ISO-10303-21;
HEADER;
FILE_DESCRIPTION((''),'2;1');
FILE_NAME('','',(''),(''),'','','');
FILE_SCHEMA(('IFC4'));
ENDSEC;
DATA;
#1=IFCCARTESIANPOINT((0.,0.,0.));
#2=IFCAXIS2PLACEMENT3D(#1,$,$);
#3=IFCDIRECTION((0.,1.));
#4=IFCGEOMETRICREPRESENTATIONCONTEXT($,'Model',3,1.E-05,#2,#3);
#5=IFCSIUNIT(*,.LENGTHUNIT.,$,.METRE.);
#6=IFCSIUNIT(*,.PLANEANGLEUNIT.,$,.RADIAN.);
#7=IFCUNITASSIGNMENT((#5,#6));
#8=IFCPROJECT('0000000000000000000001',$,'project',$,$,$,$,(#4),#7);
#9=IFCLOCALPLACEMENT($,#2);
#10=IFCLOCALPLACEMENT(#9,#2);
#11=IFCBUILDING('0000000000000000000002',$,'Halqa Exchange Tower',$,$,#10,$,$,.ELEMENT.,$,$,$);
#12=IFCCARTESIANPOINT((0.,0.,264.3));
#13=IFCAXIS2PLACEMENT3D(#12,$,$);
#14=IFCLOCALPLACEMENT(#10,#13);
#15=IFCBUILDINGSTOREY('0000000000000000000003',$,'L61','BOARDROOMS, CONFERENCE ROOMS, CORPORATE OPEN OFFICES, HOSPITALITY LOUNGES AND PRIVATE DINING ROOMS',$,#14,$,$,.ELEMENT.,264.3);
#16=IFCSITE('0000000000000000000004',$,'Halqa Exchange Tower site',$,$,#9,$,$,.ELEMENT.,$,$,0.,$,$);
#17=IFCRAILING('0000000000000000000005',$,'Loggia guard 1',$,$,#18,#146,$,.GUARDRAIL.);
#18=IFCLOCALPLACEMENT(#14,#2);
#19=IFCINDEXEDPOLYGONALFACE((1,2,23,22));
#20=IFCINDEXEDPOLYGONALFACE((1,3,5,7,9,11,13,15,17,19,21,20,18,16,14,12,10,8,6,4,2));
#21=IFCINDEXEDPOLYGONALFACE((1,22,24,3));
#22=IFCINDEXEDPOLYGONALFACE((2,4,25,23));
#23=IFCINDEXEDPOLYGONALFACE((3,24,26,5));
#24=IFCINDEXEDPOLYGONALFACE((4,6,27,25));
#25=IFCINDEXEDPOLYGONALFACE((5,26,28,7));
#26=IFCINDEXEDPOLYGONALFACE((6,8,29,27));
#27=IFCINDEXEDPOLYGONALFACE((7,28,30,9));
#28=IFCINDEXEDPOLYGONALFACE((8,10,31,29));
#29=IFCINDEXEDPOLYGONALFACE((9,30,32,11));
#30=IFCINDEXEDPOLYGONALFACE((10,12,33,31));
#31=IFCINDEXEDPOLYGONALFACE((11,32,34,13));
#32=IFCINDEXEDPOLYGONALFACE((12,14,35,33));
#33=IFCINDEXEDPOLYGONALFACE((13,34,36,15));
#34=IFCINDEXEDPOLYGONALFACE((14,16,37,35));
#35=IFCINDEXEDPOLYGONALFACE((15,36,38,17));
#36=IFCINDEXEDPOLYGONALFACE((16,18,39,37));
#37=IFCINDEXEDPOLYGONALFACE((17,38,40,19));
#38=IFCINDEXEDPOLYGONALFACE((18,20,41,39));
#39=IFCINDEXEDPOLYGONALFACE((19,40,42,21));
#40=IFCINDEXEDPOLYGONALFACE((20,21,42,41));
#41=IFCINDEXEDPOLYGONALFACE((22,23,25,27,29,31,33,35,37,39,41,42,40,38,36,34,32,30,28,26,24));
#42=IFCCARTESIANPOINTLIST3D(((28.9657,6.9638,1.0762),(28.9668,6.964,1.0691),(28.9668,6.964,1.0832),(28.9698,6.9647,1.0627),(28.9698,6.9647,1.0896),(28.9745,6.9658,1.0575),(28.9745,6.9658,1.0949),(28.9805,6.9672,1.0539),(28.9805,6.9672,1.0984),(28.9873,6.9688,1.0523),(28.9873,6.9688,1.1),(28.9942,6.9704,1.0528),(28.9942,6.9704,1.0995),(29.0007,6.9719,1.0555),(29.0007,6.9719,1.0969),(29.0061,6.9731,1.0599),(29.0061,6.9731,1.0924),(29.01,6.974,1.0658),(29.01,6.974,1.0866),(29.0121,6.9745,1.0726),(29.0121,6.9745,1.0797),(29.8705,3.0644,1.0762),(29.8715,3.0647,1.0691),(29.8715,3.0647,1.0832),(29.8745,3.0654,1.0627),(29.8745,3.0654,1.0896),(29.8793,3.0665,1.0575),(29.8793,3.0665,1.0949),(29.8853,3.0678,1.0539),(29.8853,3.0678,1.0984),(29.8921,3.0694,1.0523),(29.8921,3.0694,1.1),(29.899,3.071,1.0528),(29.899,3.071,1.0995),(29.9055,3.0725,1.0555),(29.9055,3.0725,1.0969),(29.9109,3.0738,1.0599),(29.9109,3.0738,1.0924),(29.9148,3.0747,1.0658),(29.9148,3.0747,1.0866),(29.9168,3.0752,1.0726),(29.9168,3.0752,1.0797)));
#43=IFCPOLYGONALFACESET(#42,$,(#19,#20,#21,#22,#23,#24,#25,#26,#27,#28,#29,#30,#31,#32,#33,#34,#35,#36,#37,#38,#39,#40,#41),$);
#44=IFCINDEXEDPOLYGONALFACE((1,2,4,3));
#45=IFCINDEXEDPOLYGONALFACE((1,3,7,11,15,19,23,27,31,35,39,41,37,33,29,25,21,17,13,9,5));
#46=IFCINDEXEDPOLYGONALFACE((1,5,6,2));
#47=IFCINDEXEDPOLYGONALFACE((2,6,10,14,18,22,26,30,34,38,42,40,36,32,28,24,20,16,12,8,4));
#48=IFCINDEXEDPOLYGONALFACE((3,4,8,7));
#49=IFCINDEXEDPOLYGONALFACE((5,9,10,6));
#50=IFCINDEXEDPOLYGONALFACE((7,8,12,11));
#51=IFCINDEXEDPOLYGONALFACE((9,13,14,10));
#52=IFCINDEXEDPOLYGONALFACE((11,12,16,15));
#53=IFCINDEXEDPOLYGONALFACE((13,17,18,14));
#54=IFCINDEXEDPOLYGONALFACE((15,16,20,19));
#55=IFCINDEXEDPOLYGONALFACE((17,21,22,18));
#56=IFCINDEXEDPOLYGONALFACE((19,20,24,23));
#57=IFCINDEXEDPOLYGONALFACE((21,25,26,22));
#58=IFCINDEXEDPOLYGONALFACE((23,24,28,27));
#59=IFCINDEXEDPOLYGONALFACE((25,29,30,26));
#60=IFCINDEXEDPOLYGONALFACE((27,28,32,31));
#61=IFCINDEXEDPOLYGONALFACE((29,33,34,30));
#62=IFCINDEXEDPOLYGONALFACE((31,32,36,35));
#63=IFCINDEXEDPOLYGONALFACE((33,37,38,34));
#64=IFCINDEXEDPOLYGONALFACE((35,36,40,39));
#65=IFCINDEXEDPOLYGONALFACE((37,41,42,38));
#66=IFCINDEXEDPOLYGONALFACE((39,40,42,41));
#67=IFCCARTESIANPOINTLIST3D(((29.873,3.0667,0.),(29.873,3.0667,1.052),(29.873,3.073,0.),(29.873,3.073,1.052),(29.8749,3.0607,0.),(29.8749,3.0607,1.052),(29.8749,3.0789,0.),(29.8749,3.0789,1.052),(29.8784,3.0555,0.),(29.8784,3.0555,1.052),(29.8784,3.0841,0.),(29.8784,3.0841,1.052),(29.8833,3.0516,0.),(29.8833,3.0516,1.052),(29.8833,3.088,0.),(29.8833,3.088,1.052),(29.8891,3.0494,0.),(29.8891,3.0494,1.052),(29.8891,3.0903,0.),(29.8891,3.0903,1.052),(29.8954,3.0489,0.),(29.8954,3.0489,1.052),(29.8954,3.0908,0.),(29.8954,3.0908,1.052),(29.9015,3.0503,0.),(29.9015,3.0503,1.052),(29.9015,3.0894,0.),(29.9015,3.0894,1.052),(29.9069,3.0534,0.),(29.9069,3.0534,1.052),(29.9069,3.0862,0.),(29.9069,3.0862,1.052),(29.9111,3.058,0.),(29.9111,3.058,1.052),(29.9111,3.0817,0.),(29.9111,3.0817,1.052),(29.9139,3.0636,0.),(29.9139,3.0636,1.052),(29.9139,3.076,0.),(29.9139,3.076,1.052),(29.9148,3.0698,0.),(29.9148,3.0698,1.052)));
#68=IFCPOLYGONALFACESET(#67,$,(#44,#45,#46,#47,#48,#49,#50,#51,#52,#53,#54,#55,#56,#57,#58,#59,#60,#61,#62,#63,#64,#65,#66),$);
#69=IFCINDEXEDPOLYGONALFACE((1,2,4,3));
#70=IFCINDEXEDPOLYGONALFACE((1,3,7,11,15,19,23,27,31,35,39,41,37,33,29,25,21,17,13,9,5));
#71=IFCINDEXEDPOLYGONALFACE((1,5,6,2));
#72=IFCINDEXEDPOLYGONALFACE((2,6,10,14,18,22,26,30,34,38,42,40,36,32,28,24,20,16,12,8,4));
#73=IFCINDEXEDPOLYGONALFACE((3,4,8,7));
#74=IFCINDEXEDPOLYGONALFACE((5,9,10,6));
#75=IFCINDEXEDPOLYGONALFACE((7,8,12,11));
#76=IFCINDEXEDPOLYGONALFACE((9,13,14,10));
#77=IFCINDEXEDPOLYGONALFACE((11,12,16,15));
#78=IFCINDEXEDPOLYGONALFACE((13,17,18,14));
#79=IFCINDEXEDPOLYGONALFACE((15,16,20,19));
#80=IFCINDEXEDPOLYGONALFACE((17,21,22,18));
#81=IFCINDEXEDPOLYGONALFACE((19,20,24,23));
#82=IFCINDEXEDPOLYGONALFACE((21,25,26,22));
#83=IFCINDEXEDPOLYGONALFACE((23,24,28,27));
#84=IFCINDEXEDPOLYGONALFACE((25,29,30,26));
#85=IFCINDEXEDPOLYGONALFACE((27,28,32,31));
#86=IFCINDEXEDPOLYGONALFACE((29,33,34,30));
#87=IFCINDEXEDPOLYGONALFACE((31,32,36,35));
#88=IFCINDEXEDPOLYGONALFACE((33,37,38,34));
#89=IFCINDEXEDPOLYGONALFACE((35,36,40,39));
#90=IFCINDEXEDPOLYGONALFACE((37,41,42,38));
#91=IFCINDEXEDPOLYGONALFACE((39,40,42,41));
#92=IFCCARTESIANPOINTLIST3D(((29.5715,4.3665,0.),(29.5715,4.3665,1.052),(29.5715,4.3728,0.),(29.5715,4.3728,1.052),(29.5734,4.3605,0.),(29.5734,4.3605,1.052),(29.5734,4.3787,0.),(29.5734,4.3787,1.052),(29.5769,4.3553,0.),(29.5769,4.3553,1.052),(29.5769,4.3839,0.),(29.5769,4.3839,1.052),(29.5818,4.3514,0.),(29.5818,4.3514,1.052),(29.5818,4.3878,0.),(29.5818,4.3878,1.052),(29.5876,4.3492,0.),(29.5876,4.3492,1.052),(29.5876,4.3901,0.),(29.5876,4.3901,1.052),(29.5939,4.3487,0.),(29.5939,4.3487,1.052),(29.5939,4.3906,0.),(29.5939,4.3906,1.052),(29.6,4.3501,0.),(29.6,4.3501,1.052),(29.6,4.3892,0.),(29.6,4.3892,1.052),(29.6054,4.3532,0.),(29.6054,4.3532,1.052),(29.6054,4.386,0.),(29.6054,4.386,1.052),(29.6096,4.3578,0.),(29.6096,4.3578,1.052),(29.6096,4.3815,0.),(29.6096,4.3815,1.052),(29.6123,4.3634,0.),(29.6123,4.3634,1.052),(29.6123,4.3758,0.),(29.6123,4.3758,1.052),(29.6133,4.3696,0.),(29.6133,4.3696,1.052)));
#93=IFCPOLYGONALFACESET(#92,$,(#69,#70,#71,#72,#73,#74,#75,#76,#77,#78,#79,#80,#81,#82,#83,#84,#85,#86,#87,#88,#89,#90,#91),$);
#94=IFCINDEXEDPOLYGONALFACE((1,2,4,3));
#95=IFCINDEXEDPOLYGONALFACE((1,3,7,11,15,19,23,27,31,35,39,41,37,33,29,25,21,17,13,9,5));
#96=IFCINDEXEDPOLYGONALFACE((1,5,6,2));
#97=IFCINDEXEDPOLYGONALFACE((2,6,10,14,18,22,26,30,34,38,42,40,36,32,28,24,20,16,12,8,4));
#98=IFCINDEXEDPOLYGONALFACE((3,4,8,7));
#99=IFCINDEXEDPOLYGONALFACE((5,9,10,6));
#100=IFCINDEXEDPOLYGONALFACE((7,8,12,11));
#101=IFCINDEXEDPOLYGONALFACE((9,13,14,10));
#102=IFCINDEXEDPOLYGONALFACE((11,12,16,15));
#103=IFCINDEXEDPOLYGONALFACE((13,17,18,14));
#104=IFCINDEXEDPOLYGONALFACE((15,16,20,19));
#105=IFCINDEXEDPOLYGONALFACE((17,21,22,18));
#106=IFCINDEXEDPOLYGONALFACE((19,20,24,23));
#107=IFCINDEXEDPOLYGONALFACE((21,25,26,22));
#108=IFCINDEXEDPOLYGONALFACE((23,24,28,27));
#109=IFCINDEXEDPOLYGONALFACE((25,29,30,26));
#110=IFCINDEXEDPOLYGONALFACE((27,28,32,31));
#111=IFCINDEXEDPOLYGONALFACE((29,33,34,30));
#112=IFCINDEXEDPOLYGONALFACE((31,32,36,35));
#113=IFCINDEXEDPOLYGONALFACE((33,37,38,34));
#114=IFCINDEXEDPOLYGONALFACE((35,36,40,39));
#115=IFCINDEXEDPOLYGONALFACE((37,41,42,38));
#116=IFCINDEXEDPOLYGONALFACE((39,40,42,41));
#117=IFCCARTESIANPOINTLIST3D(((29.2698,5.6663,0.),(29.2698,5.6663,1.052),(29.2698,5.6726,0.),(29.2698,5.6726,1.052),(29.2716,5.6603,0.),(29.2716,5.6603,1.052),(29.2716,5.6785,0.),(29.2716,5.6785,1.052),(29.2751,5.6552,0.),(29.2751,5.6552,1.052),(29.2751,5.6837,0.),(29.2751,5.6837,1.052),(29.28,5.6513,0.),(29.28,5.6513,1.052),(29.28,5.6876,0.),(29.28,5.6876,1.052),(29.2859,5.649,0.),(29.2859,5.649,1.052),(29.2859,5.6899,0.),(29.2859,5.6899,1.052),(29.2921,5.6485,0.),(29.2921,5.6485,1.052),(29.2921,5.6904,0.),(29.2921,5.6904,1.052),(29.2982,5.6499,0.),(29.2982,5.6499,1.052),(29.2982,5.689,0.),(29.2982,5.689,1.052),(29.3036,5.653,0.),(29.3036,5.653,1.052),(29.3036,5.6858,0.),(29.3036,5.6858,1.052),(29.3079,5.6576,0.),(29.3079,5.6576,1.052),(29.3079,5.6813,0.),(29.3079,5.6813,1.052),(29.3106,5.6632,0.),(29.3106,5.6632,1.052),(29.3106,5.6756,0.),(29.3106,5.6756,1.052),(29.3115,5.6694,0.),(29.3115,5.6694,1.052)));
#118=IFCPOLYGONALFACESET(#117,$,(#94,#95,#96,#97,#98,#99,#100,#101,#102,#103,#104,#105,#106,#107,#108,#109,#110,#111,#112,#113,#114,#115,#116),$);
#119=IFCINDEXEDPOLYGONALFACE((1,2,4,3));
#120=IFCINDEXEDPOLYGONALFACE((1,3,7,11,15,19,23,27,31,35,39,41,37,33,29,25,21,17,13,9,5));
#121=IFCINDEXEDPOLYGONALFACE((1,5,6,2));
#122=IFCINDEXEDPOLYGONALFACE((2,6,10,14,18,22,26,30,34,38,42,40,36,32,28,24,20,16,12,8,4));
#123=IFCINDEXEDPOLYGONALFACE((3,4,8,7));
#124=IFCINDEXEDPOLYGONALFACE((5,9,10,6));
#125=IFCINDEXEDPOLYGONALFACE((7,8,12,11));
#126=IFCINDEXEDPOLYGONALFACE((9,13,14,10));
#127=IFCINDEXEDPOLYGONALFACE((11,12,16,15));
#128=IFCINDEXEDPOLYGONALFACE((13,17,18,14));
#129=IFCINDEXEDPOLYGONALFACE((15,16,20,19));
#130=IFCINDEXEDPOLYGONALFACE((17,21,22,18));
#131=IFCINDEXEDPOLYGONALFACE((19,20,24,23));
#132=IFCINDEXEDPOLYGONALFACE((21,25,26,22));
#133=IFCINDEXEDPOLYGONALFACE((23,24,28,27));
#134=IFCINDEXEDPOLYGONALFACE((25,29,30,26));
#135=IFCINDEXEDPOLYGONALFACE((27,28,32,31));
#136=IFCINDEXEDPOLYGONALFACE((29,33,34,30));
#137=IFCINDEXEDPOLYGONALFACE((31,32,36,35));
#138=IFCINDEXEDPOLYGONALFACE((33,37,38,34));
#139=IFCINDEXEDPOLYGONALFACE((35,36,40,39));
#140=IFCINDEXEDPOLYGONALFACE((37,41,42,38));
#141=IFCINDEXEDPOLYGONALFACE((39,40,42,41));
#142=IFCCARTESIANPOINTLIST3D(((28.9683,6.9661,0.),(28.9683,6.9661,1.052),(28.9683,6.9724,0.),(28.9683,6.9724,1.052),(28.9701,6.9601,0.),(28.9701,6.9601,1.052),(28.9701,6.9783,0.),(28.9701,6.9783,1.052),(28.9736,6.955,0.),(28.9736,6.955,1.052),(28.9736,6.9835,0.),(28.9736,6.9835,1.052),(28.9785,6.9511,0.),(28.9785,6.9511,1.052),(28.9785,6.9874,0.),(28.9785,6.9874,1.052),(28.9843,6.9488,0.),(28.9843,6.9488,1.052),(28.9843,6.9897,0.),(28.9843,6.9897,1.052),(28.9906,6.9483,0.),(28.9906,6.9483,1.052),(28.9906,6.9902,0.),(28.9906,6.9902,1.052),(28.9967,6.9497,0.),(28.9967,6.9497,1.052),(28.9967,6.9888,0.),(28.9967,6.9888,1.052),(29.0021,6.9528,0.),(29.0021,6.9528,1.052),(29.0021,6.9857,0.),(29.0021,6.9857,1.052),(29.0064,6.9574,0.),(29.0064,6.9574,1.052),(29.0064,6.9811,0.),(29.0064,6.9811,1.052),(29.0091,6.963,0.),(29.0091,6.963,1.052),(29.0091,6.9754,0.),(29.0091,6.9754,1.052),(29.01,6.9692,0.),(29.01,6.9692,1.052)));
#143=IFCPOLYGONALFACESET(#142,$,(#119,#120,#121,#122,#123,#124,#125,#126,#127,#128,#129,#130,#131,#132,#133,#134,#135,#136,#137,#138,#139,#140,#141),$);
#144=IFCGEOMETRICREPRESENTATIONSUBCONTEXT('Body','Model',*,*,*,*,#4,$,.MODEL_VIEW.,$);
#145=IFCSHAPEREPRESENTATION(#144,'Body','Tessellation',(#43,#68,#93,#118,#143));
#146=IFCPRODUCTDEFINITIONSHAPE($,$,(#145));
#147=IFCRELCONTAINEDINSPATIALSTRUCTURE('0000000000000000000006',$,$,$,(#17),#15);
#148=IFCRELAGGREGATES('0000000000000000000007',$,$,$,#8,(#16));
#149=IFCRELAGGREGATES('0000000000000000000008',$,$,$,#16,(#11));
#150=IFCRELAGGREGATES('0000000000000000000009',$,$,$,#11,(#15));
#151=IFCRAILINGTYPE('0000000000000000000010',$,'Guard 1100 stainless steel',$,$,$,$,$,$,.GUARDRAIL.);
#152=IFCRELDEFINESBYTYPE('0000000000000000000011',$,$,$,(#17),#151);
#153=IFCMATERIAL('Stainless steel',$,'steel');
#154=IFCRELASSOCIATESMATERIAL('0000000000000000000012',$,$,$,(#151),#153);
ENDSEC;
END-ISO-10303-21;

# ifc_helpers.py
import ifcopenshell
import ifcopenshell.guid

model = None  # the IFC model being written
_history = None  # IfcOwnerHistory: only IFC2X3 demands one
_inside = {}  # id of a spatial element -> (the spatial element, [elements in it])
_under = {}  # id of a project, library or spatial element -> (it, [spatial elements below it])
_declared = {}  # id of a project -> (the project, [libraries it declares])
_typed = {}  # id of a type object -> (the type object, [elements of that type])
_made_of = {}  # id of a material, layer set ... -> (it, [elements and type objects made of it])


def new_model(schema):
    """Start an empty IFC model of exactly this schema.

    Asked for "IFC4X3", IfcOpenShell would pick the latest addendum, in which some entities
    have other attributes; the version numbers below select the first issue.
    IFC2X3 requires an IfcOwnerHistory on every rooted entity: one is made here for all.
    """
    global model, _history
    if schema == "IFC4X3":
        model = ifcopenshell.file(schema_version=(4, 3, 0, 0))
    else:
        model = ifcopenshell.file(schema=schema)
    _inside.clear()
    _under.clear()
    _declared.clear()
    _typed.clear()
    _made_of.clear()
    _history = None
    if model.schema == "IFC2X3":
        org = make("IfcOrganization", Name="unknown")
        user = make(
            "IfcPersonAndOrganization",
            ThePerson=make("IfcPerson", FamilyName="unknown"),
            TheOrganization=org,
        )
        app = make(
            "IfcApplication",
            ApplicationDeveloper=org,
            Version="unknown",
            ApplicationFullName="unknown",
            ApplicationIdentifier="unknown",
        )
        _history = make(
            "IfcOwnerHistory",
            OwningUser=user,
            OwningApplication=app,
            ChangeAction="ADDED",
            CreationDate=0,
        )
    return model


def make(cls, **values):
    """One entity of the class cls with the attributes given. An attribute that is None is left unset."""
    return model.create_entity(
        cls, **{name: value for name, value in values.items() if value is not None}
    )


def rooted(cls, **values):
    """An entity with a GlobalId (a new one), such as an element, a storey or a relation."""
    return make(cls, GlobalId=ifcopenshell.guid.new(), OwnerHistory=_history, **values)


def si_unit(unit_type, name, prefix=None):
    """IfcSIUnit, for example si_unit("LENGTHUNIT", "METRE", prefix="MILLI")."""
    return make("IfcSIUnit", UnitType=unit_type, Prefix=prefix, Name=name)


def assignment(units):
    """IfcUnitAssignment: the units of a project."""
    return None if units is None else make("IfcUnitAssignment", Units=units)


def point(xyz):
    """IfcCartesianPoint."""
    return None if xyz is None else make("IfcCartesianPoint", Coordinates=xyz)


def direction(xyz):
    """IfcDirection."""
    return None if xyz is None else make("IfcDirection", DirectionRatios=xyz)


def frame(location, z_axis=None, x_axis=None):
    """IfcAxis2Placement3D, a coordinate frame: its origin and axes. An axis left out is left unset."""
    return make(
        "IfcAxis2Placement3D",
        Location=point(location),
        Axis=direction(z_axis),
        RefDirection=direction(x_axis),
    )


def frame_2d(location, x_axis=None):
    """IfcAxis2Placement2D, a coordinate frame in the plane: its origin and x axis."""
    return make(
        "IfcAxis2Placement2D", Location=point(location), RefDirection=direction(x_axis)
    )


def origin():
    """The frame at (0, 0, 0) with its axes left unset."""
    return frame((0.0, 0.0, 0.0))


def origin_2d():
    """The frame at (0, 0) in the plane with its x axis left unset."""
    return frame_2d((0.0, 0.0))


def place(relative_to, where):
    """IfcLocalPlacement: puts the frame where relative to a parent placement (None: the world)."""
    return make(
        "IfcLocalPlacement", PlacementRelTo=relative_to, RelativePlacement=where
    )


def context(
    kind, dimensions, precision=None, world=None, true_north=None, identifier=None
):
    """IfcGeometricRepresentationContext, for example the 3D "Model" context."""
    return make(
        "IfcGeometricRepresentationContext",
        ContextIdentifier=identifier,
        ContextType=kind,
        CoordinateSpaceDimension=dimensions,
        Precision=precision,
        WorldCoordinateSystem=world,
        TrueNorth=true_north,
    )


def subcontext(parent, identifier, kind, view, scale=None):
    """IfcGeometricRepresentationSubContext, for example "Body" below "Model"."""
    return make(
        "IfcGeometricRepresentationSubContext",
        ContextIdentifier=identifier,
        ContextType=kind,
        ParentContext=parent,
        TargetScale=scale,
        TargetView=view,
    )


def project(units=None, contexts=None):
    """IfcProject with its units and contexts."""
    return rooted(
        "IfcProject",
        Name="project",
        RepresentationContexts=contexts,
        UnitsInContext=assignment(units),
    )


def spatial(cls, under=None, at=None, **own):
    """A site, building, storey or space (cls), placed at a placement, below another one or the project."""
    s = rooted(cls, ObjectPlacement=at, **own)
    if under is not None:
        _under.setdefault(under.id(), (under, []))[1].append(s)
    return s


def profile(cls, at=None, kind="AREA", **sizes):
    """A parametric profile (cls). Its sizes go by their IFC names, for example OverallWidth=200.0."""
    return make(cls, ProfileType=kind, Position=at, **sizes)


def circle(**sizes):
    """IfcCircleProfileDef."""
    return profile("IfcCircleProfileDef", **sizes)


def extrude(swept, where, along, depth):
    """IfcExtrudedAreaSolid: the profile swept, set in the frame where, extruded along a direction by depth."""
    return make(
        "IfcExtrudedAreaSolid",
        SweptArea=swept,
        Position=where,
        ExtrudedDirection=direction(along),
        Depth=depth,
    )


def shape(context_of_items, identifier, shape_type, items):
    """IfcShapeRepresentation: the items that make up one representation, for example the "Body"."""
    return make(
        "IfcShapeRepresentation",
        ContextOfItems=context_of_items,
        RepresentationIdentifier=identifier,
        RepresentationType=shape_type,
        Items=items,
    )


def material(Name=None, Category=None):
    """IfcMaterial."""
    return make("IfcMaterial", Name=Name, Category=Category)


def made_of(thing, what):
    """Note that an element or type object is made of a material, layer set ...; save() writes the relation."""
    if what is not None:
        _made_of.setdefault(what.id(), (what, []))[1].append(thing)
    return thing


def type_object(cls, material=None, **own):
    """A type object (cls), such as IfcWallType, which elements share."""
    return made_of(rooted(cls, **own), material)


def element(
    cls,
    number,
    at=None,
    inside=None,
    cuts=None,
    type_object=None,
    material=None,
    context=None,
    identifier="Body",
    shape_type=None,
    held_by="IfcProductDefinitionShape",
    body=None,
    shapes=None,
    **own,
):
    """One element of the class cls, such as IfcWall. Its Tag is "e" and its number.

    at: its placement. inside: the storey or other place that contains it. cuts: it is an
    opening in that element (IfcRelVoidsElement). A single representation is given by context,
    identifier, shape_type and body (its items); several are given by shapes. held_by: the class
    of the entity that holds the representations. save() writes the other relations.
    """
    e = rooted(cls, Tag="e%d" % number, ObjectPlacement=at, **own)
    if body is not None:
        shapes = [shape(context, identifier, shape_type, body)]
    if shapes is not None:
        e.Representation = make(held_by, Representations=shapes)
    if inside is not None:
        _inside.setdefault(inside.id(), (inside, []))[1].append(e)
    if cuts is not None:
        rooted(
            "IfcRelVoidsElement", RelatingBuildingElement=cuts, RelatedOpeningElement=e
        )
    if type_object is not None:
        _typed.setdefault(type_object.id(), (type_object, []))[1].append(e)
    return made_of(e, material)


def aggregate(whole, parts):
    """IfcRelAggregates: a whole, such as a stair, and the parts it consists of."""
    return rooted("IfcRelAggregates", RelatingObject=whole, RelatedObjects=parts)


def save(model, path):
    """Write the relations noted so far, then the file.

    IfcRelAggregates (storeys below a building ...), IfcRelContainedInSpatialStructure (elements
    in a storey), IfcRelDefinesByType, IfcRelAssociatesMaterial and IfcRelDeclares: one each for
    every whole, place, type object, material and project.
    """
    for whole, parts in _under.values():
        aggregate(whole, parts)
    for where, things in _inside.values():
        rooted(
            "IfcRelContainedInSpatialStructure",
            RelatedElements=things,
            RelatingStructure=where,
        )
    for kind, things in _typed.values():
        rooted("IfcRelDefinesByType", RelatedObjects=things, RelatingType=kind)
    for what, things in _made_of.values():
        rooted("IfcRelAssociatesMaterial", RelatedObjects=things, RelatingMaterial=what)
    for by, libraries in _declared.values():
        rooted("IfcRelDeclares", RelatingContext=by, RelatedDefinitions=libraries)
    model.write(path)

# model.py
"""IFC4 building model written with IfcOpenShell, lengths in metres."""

from ifc_helpers import new_model, si_unit, direction, frame, origin, origin_2d, place, context, subcontext, project, spatial, circle, extrude, material, type_object, element, save


model = new_model("IFC4")

# Units and contexts
model_context = context("Model", 3, precision=1e-05, world=origin(), true_north=direction((0.0, 1.0)))
body_context = subcontext(model_context, "Body", "Model", "MODEL_VIEW")
ifc_project = project(units=[si_unit("LENGTHUNIT", "METRE"), si_unit("PLANEANGLEUNIT", "RADIAN")], contexts=[model_context])

# Site, building, storey
site_placement = place(None, origin())
site = spatial("IfcSite", under=ifc_project, at=site_placement, Name="Halqa Exchange Tower site", CompositionType="ELEMENT", RefElevation=0.0)
building_placement = place(site_placement, origin())
building = spatial("IfcBuilding", under=site, at=building_placement, Name="Halqa Exchange Tower", CompositionType="ELEMENT")
storey_placement = place(building_placement, frame((0.0, 0.0, 264.3)))
storey = spatial("IfcBuildingStorey", under=building, at=storey_placement, Name="L61", Description="BOARDROOMS, CONFERENCE ROOMS, CORPORATE OPEN OFFICES, HOSPITALITY LOUNGES AND PRIVATE DINING ROOMS", CompositionType="ELEMENT", Elevation=264.3)

# Railing
ifc_material_1 = material(Name="Stainless steel", Category="steel")
railing_type = type_object("IfcRailingType", Name="Guard 1100 stainless steel", PredefinedType="GUARDRAIL", material=ifc_material_1)
railing_1_placement = place(storey_placement, frame((29.8938, 3.0698, 0.0)))
element("IfcRailing", 1, at=railing_1_placement, inside=storey, type_object=railing_type, Name="Loggia guard 1", PredefinedType="GUARDRAIL", context=body_context, shape_type="SweptSolid", body=[
    extrude(circle(Radius=0.0239, at=origin_2d()), frame((0.0, 0.0, 1.0762), z_axis=(-0.226026, 0.974121, 0.0), x_axis=(-0.974121, -0.226026, 0.0)), (0.0, 0.0, 1.0), 4.0029),
    extrude(circle(Radius=0.021, at=origin_2d()), origin(), (0.0, 0.0, 1.0), 1.052),
    extrude(circle(Radius=0.021, at=origin_2d()), frame((-0.3015, 1.2998, 0.0)), (0.0, 0.0, 1.0), 1.052),
    extrude(circle(Radius=0.021, at=origin_2d()), frame((-0.6033, 2.5996, 0.0)), (0.0, 0.0, 1.0), 1.052),
    extrude(circle(Radius=0.021, at=origin_2d()), frame((-0.9048, 3.8994, 0.0)), (0.0, 0.0, 1.0), 1.052),
])

save(model, "model.ifc")
